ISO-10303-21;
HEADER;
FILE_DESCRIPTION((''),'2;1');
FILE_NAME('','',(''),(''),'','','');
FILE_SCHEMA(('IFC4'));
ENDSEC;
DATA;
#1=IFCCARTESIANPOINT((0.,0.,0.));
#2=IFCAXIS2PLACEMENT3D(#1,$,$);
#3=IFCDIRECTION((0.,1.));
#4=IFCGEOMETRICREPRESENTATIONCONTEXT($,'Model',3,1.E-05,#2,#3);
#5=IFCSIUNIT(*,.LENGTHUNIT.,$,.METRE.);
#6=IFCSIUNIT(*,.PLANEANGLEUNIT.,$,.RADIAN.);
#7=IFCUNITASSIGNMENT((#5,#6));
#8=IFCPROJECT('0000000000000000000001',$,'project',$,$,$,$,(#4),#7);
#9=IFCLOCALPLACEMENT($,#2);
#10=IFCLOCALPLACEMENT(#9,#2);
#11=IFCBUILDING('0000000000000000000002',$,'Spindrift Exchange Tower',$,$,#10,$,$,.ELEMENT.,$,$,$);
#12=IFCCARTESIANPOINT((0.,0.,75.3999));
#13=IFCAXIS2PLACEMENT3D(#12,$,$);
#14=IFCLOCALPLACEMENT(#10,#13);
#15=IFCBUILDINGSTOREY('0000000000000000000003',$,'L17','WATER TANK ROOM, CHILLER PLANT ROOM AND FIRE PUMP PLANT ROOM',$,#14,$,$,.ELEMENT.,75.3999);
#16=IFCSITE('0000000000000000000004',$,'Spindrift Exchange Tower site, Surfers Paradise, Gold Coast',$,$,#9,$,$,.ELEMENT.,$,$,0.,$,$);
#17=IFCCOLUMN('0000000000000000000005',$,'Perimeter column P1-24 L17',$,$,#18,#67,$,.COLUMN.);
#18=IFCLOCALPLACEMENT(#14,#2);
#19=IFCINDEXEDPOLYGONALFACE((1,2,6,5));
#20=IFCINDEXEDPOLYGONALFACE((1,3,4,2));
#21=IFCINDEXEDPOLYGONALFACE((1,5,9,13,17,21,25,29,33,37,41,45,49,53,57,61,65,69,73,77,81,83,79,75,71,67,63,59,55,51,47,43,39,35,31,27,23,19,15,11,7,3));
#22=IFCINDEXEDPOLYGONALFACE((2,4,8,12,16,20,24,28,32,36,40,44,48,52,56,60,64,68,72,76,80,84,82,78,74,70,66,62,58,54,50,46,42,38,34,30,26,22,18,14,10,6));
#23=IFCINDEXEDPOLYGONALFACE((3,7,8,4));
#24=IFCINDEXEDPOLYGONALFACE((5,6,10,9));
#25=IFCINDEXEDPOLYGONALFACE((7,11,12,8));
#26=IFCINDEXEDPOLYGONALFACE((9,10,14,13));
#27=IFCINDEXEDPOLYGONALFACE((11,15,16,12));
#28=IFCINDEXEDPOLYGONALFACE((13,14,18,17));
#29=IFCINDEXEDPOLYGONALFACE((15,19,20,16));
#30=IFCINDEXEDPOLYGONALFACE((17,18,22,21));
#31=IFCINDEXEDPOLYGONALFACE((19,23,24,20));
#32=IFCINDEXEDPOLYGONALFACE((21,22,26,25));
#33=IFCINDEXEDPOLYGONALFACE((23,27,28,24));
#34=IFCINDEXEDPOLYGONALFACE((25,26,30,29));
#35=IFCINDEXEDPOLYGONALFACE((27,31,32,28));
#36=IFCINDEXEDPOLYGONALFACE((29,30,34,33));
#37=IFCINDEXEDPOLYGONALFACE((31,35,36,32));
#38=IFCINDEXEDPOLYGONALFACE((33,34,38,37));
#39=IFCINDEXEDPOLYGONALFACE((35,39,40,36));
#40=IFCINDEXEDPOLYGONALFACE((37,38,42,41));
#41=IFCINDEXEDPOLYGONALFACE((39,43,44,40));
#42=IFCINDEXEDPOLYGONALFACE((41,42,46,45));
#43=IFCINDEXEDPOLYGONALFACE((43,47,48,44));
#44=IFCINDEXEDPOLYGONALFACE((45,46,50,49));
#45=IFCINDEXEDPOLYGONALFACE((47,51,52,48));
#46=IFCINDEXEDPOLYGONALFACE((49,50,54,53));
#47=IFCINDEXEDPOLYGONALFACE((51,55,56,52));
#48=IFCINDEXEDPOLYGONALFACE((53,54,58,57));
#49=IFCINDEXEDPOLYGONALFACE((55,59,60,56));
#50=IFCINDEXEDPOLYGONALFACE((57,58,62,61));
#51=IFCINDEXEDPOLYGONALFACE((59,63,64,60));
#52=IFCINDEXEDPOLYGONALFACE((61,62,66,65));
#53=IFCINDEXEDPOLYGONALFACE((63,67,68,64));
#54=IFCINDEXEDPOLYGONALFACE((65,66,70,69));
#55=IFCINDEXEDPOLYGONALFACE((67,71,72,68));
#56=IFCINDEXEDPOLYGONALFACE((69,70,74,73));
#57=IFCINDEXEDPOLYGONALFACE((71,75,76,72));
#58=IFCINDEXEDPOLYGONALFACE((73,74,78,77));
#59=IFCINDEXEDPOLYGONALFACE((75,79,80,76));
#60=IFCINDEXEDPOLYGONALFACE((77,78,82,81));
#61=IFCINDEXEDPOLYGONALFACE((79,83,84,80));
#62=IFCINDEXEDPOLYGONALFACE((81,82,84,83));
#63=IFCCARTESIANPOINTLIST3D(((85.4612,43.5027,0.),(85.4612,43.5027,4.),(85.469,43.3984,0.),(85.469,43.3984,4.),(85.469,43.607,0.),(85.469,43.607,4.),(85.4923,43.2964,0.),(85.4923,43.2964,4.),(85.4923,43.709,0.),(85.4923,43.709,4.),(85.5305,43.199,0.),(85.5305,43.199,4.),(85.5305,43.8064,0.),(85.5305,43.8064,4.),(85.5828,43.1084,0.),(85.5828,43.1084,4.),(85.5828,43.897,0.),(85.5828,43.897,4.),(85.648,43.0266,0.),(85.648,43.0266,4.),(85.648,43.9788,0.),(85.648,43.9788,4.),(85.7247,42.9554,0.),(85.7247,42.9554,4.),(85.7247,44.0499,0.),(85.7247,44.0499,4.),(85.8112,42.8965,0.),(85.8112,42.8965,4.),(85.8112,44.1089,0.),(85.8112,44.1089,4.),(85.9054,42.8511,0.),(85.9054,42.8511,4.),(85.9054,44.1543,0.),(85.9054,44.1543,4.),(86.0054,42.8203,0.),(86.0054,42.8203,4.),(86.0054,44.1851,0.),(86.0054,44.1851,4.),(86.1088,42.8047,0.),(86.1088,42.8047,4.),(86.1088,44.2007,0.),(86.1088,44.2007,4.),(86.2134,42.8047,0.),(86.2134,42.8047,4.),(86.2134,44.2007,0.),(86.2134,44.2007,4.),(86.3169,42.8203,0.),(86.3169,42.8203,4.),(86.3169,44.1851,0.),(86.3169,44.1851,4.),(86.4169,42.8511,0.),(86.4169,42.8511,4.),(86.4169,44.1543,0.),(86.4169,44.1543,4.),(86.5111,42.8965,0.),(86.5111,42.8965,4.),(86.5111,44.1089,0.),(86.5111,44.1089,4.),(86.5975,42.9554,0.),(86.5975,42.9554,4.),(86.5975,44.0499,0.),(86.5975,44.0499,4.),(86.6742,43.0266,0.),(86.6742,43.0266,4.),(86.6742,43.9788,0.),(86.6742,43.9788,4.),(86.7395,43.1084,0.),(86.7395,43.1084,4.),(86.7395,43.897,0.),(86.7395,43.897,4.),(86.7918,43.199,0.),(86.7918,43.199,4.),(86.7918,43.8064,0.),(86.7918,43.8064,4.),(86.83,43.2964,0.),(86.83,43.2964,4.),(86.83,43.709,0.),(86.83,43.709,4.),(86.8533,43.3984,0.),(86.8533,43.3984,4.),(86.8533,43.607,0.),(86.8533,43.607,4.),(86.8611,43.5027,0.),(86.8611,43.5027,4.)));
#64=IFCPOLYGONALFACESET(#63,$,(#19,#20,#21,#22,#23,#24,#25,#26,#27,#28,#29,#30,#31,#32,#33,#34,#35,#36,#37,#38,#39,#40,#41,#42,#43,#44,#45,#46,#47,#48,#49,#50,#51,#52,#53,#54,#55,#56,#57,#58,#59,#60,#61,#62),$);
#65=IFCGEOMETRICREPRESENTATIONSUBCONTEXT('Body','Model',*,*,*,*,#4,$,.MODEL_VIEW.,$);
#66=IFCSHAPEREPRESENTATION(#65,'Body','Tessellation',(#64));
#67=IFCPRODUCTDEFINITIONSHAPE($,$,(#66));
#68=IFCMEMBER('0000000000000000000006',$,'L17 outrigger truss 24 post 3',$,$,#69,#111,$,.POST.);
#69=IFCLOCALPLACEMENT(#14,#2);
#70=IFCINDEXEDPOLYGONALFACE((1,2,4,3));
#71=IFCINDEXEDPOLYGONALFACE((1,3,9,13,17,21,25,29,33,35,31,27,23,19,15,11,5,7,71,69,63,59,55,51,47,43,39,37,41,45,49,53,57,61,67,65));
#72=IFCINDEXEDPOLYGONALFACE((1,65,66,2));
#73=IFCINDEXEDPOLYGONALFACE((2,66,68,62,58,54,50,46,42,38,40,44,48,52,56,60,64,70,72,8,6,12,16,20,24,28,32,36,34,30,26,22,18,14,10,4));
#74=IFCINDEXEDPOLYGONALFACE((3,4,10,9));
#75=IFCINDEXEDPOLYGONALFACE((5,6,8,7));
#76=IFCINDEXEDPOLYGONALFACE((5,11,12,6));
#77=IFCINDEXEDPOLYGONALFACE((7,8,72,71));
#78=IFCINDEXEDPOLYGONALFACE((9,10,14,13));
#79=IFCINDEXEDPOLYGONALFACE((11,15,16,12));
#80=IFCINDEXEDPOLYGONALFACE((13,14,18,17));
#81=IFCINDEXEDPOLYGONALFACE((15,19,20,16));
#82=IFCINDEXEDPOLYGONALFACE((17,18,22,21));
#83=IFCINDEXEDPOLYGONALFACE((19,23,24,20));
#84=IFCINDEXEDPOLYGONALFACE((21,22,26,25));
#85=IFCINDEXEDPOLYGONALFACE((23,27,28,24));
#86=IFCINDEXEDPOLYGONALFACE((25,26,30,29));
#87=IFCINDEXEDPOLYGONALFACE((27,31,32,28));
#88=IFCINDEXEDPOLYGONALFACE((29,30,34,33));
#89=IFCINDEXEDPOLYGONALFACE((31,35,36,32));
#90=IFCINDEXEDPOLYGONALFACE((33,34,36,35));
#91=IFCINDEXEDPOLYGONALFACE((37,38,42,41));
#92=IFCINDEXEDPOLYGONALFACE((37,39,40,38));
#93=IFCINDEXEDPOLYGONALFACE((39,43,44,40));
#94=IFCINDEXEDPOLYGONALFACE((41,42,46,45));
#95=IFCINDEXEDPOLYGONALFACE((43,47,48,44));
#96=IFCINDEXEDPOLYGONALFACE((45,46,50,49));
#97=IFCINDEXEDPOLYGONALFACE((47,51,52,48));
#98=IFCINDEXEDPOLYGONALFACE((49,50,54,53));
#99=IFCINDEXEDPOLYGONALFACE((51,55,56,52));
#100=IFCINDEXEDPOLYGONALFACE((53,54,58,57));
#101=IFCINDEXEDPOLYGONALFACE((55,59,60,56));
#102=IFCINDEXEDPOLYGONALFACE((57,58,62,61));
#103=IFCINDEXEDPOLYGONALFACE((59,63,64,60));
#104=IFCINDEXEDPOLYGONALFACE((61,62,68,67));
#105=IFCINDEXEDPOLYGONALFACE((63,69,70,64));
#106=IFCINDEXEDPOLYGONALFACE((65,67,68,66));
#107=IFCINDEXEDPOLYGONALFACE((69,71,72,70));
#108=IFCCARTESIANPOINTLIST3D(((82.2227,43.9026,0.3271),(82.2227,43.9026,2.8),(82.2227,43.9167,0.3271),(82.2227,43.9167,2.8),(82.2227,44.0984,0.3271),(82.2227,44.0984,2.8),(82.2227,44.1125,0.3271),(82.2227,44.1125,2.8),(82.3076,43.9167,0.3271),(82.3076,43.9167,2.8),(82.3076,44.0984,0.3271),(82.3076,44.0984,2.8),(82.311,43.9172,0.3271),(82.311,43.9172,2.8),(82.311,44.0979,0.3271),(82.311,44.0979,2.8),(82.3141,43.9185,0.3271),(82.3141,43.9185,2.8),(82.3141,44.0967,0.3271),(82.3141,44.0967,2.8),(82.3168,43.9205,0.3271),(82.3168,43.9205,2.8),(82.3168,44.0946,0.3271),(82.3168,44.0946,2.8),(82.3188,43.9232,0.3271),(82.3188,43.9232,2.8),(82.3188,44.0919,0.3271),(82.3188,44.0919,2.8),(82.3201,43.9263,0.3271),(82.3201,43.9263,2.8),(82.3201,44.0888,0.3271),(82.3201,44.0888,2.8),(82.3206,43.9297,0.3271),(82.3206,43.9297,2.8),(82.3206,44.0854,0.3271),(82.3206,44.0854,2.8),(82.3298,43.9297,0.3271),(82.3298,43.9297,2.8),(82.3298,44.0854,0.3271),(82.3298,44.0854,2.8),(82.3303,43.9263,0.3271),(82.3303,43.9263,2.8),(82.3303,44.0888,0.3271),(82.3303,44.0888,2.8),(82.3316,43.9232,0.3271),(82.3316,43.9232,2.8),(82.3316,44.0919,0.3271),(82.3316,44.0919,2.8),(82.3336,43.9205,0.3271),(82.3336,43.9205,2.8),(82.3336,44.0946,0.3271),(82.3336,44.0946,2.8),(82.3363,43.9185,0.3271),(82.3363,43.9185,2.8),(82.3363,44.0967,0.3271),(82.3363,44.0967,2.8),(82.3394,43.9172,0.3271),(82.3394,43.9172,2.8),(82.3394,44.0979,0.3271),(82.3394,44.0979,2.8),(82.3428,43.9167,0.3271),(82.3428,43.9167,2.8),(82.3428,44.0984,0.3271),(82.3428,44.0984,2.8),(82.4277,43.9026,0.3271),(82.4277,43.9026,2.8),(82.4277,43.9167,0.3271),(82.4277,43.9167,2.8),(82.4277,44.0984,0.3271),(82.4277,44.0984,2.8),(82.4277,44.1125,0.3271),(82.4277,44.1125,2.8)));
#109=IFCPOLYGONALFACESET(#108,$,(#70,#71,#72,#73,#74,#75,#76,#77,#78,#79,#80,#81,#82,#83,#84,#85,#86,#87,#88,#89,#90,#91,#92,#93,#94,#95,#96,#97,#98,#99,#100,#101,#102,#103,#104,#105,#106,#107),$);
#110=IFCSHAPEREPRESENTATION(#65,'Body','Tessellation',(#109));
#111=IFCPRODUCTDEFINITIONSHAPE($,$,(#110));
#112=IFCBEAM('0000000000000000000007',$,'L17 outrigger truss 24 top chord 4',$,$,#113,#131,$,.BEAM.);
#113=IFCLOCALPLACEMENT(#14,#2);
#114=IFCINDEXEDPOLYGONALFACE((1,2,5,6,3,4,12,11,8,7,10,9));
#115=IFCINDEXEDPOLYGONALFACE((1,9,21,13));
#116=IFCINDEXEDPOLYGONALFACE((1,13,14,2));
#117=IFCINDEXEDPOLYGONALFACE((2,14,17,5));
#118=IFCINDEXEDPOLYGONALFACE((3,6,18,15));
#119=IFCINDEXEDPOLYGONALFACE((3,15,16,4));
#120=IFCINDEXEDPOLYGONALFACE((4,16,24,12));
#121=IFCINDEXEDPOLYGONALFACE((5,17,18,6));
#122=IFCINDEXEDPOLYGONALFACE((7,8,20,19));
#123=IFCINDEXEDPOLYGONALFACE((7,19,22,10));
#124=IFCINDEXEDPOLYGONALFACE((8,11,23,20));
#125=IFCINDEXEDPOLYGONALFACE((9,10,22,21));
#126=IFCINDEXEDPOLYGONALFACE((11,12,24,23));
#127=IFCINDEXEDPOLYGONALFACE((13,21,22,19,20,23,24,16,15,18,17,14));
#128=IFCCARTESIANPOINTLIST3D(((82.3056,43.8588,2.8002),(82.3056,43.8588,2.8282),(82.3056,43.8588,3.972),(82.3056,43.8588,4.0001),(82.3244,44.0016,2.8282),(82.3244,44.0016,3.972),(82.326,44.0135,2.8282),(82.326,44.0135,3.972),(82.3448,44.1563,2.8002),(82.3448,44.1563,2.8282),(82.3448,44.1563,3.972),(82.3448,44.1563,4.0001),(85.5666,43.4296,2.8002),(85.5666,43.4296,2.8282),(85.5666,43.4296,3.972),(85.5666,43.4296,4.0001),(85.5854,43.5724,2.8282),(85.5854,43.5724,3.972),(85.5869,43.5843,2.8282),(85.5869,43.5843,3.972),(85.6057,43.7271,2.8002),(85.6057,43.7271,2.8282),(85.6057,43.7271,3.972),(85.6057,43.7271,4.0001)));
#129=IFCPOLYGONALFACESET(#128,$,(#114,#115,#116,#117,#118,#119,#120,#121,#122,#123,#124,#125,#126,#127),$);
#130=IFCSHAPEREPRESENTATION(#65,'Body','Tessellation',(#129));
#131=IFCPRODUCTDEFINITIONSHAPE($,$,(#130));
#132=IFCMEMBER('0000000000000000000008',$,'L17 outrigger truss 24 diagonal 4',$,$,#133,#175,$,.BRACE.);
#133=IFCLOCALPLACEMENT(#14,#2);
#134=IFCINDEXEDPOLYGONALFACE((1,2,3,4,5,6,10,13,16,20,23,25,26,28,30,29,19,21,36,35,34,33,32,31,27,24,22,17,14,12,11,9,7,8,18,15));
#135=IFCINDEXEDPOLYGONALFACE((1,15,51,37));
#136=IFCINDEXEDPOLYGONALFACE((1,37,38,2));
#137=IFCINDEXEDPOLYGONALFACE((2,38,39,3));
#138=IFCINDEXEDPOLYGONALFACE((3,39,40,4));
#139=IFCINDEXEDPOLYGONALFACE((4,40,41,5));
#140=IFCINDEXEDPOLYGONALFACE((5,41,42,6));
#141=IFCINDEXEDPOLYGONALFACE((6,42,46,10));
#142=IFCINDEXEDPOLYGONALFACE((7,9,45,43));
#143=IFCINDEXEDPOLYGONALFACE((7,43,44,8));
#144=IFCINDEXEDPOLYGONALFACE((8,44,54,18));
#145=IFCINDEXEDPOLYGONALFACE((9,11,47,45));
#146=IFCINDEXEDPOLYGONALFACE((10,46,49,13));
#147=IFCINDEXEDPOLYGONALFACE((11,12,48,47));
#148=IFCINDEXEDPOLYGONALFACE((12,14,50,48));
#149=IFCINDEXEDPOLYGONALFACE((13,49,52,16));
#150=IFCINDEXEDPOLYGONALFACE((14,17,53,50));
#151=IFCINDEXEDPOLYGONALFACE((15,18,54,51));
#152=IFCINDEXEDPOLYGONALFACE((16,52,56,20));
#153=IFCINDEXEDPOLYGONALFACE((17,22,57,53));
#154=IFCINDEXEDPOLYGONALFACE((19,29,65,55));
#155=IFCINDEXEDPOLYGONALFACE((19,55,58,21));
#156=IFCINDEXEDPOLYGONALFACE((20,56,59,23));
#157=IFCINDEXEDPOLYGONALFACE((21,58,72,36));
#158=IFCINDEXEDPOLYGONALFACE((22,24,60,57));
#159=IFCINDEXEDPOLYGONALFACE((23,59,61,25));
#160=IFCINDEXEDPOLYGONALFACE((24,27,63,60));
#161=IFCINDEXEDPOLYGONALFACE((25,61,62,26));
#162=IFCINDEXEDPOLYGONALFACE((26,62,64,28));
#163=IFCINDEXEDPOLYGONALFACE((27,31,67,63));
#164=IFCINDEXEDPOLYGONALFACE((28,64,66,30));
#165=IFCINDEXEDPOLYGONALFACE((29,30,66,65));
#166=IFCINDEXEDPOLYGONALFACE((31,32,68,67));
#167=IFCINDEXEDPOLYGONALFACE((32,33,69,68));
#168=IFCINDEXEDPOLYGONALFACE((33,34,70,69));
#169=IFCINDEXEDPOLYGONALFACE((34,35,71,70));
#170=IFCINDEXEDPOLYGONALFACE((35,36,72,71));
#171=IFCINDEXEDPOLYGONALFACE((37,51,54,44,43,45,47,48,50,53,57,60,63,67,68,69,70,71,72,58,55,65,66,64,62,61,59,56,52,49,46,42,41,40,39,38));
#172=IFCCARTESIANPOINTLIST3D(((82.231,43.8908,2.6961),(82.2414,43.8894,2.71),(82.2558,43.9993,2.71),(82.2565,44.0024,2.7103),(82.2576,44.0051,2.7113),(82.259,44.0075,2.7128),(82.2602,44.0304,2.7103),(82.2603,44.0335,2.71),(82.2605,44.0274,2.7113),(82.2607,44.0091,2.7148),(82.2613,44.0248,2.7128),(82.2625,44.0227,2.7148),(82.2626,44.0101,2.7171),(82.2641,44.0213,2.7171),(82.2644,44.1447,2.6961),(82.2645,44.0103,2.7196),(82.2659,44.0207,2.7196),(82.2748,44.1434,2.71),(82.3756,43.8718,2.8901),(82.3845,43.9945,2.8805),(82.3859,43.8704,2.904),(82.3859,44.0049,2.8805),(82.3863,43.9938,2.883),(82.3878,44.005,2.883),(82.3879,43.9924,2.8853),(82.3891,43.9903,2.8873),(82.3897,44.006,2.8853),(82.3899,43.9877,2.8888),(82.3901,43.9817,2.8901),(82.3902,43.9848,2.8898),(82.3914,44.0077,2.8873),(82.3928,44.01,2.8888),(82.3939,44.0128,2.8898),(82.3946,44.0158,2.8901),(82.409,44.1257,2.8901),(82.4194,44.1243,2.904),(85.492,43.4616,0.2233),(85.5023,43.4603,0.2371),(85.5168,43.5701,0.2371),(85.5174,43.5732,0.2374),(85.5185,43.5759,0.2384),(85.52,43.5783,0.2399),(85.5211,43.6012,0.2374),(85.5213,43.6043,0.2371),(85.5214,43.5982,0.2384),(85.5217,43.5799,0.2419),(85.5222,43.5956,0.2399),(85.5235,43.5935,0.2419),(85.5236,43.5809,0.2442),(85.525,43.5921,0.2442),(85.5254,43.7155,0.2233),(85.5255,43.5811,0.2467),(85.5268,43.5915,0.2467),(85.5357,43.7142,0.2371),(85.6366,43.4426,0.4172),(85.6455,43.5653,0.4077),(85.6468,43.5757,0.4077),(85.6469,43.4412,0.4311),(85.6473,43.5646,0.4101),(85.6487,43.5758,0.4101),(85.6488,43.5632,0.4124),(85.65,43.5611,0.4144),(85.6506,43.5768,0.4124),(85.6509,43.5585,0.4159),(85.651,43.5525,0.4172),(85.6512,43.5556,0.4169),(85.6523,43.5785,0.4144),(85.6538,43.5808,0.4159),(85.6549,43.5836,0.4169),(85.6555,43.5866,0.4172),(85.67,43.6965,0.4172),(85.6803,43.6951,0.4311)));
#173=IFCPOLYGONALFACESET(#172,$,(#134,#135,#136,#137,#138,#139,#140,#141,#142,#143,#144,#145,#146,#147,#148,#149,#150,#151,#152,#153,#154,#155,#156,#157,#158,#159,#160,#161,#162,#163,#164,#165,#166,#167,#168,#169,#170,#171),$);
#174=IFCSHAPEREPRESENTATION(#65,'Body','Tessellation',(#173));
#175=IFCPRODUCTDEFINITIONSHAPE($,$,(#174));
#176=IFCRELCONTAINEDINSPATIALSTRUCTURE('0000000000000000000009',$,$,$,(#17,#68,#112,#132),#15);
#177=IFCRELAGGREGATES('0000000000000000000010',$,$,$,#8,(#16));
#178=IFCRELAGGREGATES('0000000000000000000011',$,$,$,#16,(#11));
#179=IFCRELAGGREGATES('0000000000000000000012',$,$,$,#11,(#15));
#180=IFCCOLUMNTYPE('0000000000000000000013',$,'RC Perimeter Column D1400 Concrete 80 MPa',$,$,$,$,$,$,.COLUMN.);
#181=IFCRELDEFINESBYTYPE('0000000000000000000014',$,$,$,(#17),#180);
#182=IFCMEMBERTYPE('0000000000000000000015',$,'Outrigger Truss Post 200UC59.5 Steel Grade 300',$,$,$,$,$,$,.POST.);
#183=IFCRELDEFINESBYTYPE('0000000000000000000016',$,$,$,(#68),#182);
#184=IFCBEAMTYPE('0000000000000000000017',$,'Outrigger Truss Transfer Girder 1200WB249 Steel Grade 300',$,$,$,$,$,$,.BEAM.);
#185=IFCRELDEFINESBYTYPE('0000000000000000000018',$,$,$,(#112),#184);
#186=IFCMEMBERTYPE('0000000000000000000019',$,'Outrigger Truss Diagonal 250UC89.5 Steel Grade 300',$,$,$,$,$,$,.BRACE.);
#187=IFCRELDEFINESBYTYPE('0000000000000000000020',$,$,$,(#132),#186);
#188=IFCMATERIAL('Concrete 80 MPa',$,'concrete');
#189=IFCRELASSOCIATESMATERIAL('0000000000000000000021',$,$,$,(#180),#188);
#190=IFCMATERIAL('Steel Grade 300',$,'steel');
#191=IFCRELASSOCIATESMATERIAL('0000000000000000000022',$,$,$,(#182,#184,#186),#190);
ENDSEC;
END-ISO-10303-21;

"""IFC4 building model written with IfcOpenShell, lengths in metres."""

from ifc_helpers import new_model, si_unit, direction, frame, origin, origin_2d, place, context, subcontext, project, spatial, circle, i_section, extrude, source, transform, mapped, material, material_profile, profile_set, type_object, element, save


model = new_model("IFC4")

# Units and contexts
model_context = context("Model", 3, precision=1e-05, world=origin(), true_north=direction((0.0, 1.0)))
body_context = subcontext(model_context, "Body", "Model", "MODEL_VIEW")
ifc_project = project(units=[si_unit("LENGTHUNIT", "METRE"), si_unit("PLANEANGLEUNIT", "RADIAN")], contexts=[model_context])

# Site, building, storey
site_placement = place(None, origin())
site = spatial("IfcSite", under=ifc_project, at=site_placement, Name="Spindrift Exchange Tower site, Surfers Paradise, Gold Coast", CompositionType="ELEMENT", RefElevation=0.0)
building_placement = place(site_placement, origin())
building = spatial("IfcBuilding", under=site, at=building_placement, Name="Spindrift Exchange Tower", CompositionType="ELEMENT")
storey_placement = place(building_placement, frame((0.0, 0.0, 75.3999)))
storey = spatial("IfcBuildingStorey", under=building, at=storey_placement, Name="L17", Description="WATER TANK ROOM, CHILLER PLANT ROOM AND FIRE PUMP PLANT ROOM", CompositionType="ELEMENT", Elevation=75.3999)

# Column
ifc_material_1 = material(Name="Concrete 80 MPa", Category="concrete")
ifc_material_profile_1 = material_profile(ifc_material_1, circle(Radius=0.7, at=origin_2d()), Name="RC D1400")
ifc_profile_set_1 = profile_set([ifc_material_profile_1], Name="Concrete 80 MPa")
column_type = type_object("IfcColumnType", Name="RC Perimeter Column D1400 Concrete 80 MPa", PredefinedType="COLUMN", material=ifc_profile_set_1)
shared_shape_1 = source(origin(), body_context, "Body", "SweptSolid", [
    extrude(circle(Radius=0.7, at=origin_2d()), origin(), (0.0, 0.0, 1.0), 4.0),
])
column_placement = place(storey_placement, frame((86.1611, 43.5027, 0.0), z_axis=(0.0, 0.0, 1.0), x_axis=(1.0, 0.0, 0.0)))
element("IfcColumn", 1, at=column_placement, inside=storey, type_object=column_type, Name="Perimeter column P1-24 L17", PredefinedType="COLUMN", context=body_context, shape_type="MappedRepresentation", body=[
    mapped(shared_shape_1, transform((0.0, 0.0, 0.0), scale=1.0)),
])

# Member
ifc_material_2 = material(Name="Steel Grade 300", Category="steel")
ifc_material_profile_2 = material_profile(ifc_material_2, i_section(OverallWidth=0.2051, OverallDepth=0.21, WebThickness=0.0093, FlangeThickness=0.0142, FilletRadius=0.0129, at=origin_2d()), Name="200UC59.5")
ifc_profile_set_2 = profile_set([ifc_material_profile_2], Name="Steel Grade 300")
member_type_1 = type_object("IfcMemberType", Name="Outrigger Truss Post 200UC59.5 Steel Grade 300", PredefinedType="POST", material=ifc_profile_set_2)
shared_shape_2 = source(origin(), body_context, "Body", "SweptSolid", [
    extrude(i_section(OverallWidth=0.2051, OverallDepth=0.21, WebThickness=0.0093, FlangeThickness=0.0142, FilletRadius=0.0129, at=origin_2d()), origin(), (0.0, 0.0, 1.0), 2.4729),
])
member_1_placement = place(storey_placement, frame((82.3252, 44.0076, 0.3271), z_axis=(0.0, 0.0, 1.0), x_axis=(1.0, 0.0, 0.0)))
element("IfcMember", 2, at=member_1_placement, inside=storey, type_object=member_type_1, Name="L17 outrigger truss 24 post 3", PredefinedType="POST", context=body_context, shape_type="MappedRepresentation", body=[
    mapped(shared_shape_2, transform((0.0, 0.0, 0.0), scale=1.0)),
])

# Beam
ifc_material_profile_3 = material_profile(ifc_material_2, i_section(OverallWidth=0.3, OverallDepth=1.2, WebThickness=0.012, FlangeThickness=0.0281, at=origin_2d()), Name="1200WB249")
ifc_profile_set_3 = profile_set([ifc_material_profile_3], Name="Steel Grade 300")
beam_type_1 = type_object("IfcBeamType", Name="Outrigger Truss Transfer Girder 1200WB249 Steel Grade 300", PredefinedType="BEAM", material=ifc_profile_set_3)
shared_shape_3 = source(origin(), body_context, "Body", "SweptSolid", [
    extrude(i_section(OverallWidth=0.3, OverallDepth=1.2, WebThickness=0.012, FlangeThickness=0.0281, at=origin_2d()), origin(), (0.0, 0.0, 1.0), 3.2891),
])
beam_1_placement = place(storey_placement, frame((82.3252, 44.0076, 3.4001), z_axis=(0.991449, -0.130491, 0.0), x_axis=(0.130491, 0.991449, 0.0)))
element("IfcBeam", 3, at=beam_1_placement, inside=storey, type_object=beam_type_1, Name="L17 outrigger truss 24 top chord 4", PredefinedType="BEAM", context=body_context, shape_type="MappedRepresentation", body=[
    mapped(shared_shape_3, transform((0.0, 0.0, 0.0), scale=1.0)),
])

# Member
ifc_material_profile_4 = material_profile(ifc_material_2, i_section(OverallWidth=0.2561, OverallDepth=0.26, WebThickness=0.0105, FlangeThickness=0.0173, FilletRadius=0.012, at=origin_2d()), Name="250UC89.5")
ifc_profile_set_4 = profile_set([ifc_material_profile_4], Name="Steel Grade 300")
member_type_2 = type_object("IfcMemberType", Name="Outrigger Truss Diagonal 250UC89.5 Steel Grade 300", PredefinedType="BRACE", material=ifc_profile_set_4)
shared_shape_4 = source(origin(), body_context, "Body", "SweptSolid", [
    extrude(i_section(OverallWidth=0.2561, OverallDepth=0.26, WebThickness=0.0105, FlangeThickness=0.0173, FilletRadius=0.012, at=origin_2d()), origin(), (0.0, 0.0, 1.0), 4.115),
])
member_2_placement = place(storey_placement, frame((82.3252, 44.0076, 2.8), z_axis=(0.792457, -0.1043, -0.600943), x_axis=(0.130491, 0.991449, 0.0)))
element("IfcMember", 4, at=member_2_placement, inside=storey, type_object=member_type_2, Name="L17 outrigger truss 24 diagonal 4", PredefinedType="BRACE", context=body_context, shape_type="MappedRepresentation", body=[
    mapped(shared_shape_4, transform((0.0, 0.0, 0.0), scale=1.0)),
])

save(model, "model.ifc")
